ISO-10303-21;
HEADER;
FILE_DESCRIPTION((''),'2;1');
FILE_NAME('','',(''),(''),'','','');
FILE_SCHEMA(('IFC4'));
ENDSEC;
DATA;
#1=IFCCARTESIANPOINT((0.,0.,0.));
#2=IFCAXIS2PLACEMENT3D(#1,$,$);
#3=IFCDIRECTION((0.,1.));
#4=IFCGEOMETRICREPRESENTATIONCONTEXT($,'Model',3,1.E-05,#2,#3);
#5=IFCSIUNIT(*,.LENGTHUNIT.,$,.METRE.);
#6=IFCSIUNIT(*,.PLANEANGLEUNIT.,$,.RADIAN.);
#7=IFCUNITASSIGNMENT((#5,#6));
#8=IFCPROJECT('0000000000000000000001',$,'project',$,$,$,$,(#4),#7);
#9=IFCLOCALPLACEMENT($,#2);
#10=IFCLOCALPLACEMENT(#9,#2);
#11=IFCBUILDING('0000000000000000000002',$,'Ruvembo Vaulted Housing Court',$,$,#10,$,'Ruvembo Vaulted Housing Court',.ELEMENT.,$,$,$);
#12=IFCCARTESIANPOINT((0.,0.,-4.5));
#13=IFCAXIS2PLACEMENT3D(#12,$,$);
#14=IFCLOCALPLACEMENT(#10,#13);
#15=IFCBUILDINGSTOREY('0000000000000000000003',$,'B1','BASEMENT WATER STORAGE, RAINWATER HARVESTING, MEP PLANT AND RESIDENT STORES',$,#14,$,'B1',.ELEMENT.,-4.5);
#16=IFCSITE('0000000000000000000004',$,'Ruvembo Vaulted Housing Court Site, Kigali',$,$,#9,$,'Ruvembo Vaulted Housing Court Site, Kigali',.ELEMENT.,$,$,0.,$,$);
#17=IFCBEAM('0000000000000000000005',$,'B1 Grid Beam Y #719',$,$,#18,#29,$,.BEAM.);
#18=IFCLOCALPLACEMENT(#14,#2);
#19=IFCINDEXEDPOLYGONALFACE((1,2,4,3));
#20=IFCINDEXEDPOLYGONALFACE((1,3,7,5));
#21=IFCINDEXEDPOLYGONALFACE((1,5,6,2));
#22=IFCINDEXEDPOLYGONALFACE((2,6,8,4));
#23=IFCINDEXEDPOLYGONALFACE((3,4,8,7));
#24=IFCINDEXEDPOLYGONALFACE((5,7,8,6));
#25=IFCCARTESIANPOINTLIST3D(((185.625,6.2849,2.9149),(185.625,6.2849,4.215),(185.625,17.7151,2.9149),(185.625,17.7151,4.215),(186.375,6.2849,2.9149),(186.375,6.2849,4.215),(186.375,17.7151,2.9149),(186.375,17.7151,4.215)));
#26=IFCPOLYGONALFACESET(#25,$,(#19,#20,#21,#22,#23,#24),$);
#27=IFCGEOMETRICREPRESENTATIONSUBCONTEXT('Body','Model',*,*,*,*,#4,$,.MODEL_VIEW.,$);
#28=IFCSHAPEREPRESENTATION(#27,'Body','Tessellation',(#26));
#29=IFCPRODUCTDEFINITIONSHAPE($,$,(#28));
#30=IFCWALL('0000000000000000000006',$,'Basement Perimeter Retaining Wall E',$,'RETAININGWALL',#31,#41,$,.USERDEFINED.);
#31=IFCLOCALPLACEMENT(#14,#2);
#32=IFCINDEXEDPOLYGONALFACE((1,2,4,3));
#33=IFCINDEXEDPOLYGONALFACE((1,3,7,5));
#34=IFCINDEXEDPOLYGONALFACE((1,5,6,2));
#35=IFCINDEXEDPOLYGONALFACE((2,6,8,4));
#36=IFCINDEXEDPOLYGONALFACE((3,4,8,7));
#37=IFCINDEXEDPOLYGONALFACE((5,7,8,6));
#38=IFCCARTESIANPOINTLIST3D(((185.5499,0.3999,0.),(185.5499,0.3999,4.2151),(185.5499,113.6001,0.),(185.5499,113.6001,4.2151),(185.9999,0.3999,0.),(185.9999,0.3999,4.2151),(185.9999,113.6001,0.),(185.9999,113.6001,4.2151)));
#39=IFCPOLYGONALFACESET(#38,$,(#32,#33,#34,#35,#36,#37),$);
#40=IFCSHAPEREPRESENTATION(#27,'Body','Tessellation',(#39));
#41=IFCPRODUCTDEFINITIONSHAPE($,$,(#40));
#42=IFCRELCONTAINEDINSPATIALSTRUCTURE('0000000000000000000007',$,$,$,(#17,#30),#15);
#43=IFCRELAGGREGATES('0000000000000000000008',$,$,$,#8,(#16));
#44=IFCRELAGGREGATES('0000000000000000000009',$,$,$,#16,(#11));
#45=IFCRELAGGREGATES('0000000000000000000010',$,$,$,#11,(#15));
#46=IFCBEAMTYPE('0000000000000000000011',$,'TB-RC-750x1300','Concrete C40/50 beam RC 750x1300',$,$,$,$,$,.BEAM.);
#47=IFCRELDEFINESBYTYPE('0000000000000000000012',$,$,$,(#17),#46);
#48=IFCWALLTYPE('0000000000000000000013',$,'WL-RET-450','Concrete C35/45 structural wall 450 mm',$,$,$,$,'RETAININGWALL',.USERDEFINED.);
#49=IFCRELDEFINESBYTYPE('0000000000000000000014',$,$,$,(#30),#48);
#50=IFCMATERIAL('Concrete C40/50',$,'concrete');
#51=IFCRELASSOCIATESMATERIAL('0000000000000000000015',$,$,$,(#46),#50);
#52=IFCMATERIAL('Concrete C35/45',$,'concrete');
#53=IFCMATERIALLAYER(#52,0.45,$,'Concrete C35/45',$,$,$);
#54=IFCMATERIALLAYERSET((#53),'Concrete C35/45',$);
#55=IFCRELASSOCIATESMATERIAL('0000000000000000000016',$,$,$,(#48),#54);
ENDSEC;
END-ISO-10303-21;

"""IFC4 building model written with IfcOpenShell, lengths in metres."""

from ifc_helpers import new_model, si_unit, direction, frame, frame_2d, origin, origin_2d, place, context, subcontext, project, spatial, rectangle, extrude, material, layer, layer_set, material_profile, profile_set, type_object, element, save


model = new_model("IFC4")

# Units and contexts
model_context = context("Model", 3, precision=1e-05, world=origin(), true_north=direction((0.0, 1.0)))
body_context = subcontext(model_context, "Body", "Model", "MODEL_VIEW")
ifc_project = project(units=[si_unit("LENGTHUNIT", "METRE"), si_unit("PLANEANGLEUNIT", "RADIAN")], contexts=[model_context])

# Site, building, storey
site_placement = place(None, origin())
site = spatial("IfcSite", under=ifc_project, at=site_placement, Name="Ruvembo Vaulted Housing Court Site, Kigali", LongName="Ruvembo Vaulted Housing Court Site, Kigali", CompositionType="ELEMENT", RefElevation=0.0)
building_placement = place(site_placement, origin())
building = spatial("IfcBuilding", under=site, at=building_placement, Name="Ruvembo Vaulted Housing Court", LongName="Ruvembo Vaulted Housing Court", CompositionType="ELEMENT")
storey_placement = place(building_placement, frame((0.0, 0.0, -4.5)))
storey = spatial("IfcBuildingStorey", under=building, at=storey_placement, Name="B1", Description="BASEMENT WATER STORAGE, RAINWATER HARVESTING, MEP PLANT AND RESIDENT STORES", LongName="B1", CompositionType="ELEMENT", Elevation=-4.5)

# Shared definitions
ifc_material_1 = material(Name="Concrete C35/45", Category="concrete")

# Shared definitions
ifc_material_2 = material(Name="Concrete C40/50", Category="concrete")

# Beam
ifc_material_profile_1 = material_profile(ifc_material_2, rectangle(XDim=0.75, YDim=1.3, at=origin_2d()), Name="RC 750x1300")
ifc_profile_set_1 = profile_set([ifc_material_profile_1], Name="Concrete C40/50")
beam_type_1 = type_object("IfcBeamType", Name="TB-RC-750x1300", Description="Concrete C40/50 beam RC 750x1300", PredefinedType="BEAM", material=ifc_profile_set_1)
for number, where, z_axis, x_axis, name in (
    (1, (186.0, 6.2849, 3.5649), (0.0, 1.0, 0.0), (-1.0, 0.0, 0.0), "B1 Grid Beam Y #719"),
):
    element("IfcBeam", number, at=place(storey_placement, frame(where, z_axis=z_axis, x_axis=x_axis)), inside=storey, type_object=beam_type_1, Name=name, PredefinedType="BEAM", context=body_context, shape_type="SweptSolid", body=[
        extrude(rectangle(XDim=0.75, YDim=1.3, at=origin_2d()), origin(), (0.0, 0.0, 1.0), 11.4302),
    ])

# Wall
ifc_layer = layer(ifc_material_1, 0.45, Name="Concrete C35/45")
ifc_layer_set = layer_set([ifc_layer], Name="Concrete C35/45")
wall_type = type_object("IfcWallType", Name="WL-RET-450", Description="Concrete C35/45 structural wall 450 mm", ElementType="RETAININGWALL", PredefinedType="USERDEFINED", material=ifc_layer_set)
wall_placement = place(storey_placement, frame((185.7749, 0.3999, 0.0), z_axis=(0.0, 0.0, 1.0), x_axis=(0.0, 1.0, 0.0)))
element("IfcWall", 2, at=wall_placement, inside=storey, type_object=wall_type, Name="Basement Perimeter Retaining Wall E", ObjectType="RETAININGWALL", PredefinedType="USERDEFINED", context=body_context, shape_type="SweptSolid", body=[
    extrude(rectangle(XDim=113.2002, YDim=0.45, at=frame_2d((56.6001, 0.0))), origin(), (0.0, 0.0, 1.0), 4.2151),
])

save(model, "model.ifc")
